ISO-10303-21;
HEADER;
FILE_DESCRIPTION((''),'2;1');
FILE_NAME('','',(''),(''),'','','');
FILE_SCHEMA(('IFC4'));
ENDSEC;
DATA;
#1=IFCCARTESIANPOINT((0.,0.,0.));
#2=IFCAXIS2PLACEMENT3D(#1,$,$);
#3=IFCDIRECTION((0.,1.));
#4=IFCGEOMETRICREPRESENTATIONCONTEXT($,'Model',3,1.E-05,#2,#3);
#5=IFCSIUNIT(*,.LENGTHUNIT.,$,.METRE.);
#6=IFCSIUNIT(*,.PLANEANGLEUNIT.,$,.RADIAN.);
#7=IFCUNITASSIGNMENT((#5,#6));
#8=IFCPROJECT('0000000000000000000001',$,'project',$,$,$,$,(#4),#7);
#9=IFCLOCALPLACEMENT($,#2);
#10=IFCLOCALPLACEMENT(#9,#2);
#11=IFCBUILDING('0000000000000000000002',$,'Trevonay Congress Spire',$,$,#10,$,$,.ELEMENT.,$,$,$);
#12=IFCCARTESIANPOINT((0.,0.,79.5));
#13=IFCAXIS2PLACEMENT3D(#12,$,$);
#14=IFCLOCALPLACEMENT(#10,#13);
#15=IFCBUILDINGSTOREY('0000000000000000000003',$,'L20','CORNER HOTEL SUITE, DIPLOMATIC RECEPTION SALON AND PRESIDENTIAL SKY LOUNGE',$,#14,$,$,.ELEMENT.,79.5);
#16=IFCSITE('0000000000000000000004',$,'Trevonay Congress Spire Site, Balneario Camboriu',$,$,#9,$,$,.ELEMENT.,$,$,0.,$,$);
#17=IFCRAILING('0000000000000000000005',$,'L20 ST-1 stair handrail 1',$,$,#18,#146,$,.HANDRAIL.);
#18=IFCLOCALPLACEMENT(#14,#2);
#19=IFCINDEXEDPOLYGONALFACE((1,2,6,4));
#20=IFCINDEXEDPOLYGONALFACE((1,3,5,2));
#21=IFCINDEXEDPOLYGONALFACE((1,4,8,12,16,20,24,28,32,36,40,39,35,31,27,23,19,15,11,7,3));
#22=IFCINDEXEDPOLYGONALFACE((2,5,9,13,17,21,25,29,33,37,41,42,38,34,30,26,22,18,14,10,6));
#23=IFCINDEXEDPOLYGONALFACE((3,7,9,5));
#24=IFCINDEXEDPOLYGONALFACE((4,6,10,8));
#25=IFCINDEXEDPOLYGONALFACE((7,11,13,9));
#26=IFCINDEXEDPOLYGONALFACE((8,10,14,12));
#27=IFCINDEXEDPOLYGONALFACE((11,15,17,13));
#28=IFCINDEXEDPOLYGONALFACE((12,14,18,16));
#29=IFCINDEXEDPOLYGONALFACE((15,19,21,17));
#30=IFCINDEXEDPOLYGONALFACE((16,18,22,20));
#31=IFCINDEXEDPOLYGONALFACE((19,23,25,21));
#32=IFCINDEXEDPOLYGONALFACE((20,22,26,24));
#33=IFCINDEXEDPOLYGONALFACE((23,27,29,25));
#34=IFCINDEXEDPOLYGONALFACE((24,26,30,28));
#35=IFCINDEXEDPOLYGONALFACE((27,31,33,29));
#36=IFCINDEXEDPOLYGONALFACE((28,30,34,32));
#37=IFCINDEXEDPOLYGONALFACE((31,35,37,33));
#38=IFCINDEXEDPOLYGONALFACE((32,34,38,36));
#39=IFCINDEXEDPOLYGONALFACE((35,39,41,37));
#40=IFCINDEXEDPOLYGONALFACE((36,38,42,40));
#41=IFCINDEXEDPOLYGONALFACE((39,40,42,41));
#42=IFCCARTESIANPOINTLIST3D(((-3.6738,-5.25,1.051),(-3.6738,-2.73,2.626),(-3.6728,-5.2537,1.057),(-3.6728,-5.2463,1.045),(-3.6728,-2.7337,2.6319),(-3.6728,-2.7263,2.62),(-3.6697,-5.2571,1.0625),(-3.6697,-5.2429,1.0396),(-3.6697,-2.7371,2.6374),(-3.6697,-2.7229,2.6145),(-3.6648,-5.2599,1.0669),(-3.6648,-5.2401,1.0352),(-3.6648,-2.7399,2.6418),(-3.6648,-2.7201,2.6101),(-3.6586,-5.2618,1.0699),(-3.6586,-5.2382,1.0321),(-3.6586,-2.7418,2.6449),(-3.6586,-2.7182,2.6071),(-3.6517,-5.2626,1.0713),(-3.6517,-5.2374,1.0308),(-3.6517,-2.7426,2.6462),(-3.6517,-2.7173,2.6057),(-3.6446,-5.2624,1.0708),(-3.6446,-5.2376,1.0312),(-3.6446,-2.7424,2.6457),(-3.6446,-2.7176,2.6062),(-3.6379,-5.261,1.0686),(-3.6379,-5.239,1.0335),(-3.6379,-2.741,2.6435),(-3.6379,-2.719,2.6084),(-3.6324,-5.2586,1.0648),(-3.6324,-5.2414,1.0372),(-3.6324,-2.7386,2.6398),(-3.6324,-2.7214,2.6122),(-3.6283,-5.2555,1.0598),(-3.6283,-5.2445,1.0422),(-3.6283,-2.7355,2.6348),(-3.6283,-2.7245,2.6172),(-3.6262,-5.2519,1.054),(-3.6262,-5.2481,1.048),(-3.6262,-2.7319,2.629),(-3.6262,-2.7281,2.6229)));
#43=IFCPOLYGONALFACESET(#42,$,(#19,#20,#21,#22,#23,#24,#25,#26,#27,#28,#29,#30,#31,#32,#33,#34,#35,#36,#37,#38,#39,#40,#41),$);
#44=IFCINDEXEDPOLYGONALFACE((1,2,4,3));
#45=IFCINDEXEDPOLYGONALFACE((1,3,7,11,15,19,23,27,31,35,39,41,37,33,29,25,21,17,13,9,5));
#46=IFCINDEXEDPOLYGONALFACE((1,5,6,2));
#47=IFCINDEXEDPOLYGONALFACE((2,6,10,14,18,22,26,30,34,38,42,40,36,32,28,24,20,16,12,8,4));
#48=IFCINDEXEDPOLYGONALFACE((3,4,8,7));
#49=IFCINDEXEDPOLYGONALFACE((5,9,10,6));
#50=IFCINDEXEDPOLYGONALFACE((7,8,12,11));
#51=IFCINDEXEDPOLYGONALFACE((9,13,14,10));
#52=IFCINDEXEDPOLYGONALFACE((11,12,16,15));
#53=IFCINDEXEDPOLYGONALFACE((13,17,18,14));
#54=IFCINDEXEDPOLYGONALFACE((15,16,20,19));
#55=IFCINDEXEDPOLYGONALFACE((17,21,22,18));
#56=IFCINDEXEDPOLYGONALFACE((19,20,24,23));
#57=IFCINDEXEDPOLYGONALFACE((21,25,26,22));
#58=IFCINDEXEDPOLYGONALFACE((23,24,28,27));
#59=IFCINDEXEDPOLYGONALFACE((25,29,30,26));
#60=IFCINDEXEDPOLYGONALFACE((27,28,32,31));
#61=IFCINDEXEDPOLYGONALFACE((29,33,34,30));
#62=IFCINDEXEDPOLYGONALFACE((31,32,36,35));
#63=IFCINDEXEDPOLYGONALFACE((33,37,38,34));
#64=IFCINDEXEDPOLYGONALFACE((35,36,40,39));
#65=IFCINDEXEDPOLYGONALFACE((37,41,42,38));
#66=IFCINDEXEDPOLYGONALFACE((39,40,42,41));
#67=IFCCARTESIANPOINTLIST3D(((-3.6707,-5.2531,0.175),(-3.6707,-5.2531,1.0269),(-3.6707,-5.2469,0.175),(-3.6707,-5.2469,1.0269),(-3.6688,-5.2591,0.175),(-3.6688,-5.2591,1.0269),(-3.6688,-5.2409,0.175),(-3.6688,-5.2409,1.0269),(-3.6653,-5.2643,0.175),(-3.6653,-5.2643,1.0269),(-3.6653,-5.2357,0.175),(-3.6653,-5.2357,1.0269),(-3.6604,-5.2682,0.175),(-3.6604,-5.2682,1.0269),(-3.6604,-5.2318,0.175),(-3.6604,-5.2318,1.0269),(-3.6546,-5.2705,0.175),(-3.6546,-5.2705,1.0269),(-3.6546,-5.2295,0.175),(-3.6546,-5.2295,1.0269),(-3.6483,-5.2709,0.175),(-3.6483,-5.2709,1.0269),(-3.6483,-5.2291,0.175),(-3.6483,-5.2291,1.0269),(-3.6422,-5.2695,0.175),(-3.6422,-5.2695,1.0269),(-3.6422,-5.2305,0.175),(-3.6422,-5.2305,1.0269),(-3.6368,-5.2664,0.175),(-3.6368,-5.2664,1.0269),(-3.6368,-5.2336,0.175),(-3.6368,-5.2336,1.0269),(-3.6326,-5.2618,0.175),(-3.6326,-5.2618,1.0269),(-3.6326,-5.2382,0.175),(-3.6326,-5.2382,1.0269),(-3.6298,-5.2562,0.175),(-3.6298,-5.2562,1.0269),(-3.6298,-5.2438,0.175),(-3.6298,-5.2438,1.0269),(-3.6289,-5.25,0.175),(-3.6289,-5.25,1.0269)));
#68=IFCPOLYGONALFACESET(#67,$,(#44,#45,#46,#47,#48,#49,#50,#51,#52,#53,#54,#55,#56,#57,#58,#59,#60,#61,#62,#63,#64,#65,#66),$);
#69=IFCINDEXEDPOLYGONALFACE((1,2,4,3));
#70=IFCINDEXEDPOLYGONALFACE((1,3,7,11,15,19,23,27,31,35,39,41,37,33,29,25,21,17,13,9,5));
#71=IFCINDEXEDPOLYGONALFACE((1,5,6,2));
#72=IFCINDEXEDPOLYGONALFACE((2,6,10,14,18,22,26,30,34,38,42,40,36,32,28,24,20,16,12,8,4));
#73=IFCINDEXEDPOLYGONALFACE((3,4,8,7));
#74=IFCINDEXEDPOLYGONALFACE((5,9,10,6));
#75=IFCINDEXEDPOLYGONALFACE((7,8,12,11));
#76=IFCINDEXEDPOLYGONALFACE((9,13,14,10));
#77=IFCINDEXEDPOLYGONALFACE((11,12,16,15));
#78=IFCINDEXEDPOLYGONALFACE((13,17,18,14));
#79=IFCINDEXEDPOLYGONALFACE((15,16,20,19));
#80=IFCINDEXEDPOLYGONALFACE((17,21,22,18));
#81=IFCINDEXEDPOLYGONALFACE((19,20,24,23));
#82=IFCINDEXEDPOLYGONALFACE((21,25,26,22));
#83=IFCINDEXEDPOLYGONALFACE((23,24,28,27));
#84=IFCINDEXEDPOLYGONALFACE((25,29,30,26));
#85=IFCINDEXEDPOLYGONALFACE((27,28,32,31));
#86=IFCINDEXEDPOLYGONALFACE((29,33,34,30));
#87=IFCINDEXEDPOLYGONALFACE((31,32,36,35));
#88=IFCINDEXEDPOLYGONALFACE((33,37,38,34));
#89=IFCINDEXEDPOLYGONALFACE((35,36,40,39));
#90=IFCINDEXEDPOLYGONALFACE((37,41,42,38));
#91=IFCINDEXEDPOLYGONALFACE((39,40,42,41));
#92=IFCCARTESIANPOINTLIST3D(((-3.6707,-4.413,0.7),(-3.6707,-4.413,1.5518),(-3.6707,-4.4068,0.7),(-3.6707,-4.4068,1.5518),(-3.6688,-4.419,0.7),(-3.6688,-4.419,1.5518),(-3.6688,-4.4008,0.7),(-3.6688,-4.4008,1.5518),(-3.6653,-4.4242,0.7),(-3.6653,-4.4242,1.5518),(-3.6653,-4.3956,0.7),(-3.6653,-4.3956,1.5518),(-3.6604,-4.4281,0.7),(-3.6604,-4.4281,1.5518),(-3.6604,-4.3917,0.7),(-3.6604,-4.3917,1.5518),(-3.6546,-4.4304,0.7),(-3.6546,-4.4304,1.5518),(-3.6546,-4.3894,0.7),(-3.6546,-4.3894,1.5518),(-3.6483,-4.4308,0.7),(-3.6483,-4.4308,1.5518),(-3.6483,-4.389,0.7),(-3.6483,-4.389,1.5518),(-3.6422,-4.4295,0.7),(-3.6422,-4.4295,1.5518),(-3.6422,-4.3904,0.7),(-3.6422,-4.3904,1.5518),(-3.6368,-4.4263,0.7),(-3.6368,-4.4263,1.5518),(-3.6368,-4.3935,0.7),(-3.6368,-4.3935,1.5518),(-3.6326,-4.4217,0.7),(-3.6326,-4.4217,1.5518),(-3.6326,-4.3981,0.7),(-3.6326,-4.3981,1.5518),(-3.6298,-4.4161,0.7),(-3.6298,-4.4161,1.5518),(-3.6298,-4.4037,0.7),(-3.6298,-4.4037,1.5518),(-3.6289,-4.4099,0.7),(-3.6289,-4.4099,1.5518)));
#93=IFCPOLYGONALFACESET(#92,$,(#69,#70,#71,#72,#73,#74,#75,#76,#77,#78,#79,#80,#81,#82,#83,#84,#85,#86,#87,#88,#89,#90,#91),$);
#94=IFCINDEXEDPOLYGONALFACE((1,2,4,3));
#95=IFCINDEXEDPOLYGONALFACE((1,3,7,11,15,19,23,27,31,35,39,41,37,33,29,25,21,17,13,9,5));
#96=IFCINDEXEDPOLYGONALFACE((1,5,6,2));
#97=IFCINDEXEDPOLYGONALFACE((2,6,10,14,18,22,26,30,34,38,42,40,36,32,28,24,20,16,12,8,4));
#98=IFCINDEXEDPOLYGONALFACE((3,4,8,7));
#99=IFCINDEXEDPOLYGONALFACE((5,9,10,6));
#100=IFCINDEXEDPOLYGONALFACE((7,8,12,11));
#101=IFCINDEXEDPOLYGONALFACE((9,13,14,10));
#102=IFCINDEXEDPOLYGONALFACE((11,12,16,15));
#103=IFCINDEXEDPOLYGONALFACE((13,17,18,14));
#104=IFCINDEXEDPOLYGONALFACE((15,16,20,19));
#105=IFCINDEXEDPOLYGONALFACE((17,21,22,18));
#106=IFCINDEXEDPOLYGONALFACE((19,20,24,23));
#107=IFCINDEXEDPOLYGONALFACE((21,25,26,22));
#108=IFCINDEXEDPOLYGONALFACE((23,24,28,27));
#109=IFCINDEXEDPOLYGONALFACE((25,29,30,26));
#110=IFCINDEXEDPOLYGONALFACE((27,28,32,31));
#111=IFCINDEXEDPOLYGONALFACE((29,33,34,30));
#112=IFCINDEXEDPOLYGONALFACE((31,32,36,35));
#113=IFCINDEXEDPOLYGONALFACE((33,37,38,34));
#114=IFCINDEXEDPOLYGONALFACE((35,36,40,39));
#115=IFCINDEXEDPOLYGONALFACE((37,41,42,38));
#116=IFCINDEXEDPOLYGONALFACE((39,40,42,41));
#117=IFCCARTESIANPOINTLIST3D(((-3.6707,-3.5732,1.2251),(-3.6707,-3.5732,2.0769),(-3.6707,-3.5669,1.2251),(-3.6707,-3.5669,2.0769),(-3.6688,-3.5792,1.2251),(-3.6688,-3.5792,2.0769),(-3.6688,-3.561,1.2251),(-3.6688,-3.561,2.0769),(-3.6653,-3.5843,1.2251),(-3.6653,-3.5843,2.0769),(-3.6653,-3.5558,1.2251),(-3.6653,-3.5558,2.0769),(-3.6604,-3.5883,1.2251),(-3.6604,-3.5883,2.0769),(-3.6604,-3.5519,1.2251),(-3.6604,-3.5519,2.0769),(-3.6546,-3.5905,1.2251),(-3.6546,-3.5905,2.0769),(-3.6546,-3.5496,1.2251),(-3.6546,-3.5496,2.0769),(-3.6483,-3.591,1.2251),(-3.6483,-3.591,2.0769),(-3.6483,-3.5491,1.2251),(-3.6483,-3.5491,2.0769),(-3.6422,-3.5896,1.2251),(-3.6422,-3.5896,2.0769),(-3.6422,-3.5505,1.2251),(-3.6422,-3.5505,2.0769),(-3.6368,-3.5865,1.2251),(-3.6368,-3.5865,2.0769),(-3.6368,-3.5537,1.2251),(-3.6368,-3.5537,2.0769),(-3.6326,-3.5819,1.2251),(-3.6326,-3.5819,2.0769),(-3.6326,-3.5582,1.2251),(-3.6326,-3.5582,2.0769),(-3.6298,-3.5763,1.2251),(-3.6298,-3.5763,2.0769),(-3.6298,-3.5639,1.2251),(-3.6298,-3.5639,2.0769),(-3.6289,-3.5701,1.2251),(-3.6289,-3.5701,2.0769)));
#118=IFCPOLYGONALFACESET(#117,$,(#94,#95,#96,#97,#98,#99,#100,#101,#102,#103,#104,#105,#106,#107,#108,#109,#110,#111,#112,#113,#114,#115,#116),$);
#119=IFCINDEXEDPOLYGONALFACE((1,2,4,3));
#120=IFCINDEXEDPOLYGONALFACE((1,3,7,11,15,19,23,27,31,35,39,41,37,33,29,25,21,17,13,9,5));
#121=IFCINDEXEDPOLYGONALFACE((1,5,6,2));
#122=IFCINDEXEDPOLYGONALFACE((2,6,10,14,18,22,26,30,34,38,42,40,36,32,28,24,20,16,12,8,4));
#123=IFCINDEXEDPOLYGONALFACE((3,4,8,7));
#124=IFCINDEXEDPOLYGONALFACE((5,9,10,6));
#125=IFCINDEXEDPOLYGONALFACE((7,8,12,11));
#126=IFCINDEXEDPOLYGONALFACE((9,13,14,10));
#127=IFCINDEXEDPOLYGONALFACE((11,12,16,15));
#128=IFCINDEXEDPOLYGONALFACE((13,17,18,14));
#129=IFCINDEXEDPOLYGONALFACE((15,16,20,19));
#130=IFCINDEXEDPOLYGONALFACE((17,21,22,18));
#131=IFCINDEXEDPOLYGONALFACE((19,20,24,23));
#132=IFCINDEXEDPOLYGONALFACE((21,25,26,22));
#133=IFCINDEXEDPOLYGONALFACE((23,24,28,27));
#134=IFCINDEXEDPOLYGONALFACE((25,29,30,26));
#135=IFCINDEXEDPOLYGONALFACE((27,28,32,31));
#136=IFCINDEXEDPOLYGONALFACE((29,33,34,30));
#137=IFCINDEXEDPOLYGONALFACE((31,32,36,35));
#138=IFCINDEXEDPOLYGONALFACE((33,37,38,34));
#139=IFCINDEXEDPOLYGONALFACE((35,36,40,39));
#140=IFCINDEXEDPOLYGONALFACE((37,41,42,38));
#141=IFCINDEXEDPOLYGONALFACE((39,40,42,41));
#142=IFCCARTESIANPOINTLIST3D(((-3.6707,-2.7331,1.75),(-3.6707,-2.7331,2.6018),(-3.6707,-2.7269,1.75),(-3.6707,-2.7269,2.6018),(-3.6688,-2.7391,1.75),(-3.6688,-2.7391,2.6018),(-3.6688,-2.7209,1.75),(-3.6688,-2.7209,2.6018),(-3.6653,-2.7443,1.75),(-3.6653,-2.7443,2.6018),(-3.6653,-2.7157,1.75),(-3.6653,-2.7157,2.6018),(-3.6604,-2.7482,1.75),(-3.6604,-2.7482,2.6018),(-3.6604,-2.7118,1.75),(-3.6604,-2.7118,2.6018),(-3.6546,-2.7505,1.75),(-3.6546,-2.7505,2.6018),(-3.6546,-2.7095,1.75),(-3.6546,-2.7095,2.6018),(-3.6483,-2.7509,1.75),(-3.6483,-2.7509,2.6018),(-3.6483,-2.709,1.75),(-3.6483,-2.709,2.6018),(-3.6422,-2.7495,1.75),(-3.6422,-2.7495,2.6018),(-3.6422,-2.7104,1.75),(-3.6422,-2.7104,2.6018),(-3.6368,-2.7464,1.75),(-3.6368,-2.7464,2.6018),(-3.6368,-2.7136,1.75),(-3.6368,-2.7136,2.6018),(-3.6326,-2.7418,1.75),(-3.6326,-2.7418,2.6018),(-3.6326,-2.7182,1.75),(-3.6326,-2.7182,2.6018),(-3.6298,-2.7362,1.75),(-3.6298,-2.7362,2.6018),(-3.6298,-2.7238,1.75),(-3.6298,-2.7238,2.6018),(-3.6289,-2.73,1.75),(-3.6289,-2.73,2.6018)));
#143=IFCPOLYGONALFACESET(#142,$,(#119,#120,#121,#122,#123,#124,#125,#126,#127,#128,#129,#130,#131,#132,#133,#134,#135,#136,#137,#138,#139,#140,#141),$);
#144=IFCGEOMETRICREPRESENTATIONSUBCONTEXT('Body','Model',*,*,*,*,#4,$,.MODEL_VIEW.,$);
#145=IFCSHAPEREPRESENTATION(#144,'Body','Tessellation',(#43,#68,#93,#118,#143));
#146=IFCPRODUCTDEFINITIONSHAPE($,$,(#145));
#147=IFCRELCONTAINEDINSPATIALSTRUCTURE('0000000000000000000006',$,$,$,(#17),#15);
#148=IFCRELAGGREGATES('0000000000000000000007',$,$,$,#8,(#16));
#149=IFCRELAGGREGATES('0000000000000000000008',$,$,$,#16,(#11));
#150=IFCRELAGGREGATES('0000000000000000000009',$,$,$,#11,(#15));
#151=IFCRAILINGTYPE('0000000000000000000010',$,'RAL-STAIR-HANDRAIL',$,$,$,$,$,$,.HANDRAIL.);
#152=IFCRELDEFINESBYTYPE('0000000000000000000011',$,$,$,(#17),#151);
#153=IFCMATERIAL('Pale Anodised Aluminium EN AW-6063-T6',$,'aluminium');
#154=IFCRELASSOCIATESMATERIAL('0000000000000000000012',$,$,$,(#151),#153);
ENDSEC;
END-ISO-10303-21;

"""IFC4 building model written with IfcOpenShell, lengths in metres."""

from ifc_helpers import new_model, si_unit, direction, frame, origin, origin_2d, place, context, subcontext, project, spatial, circle, extrude, material, type_object, element, save


model = new_model("IFC4")

# Units and contexts
model_context = context("Model", 3, precision=1e-05, world=origin(), true_north=direction((0.0, 1.0)))
body_context = subcontext(model_context, "Body", "Model", "MODEL_VIEW")
ifc_project = project(units=[si_unit("LENGTHUNIT", "METRE"), si_unit("PLANEANGLEUNIT", "RADIAN")], contexts=[model_context])

# Site, building, storey
site_placement = place(None, origin())
site = spatial("IfcSite", under=ifc_project, at=site_placement, Name="Trevonay Congress Spire Site, Balneario Camboriu", CompositionType="ELEMENT", RefElevation=0.0)
building_placement = place(site_placement, origin())
building = spatial("IfcBuilding", under=site, at=building_placement, Name="Trevonay Congress Spire", CompositionType="ELEMENT")
storey_placement = place(building_placement, frame((0.0, 0.0, 79.5)))
storey = spatial("IfcBuildingStorey", under=building, at=storey_placement, Name="L20", Description="CORNER HOTEL SUITE, DIPLOMATIC RECEPTION SALON AND PRESIDENTIAL SKY LOUNGE", CompositionType="ELEMENT", Elevation=79.5)

# Shared definitions
ifc_material_1 = material(Name="Pale Anodised Aluminium EN AW-6063-T6", Category="aluminium")

# Railing
railing_type_1 = type_object("IfcRailingType", Name="RAL-STAIR-HANDRAIL", PredefinedType="HANDRAIL", material=ifc_material_1)
railing_1_placement = place(storey_placement, frame((-3.6499, -5.25, 0.175)))
element("IfcRailing", 1, at=railing_1_placement, inside=storey, type_object=railing_type_1, Name="L20 ST-1 stair handrail 1", PredefinedType="HANDRAIL", context=body_context, shape_type="SweptSolid", body=[
    extrude(circle(Radius=0.0239, at=origin_2d()), frame((0.0, 0.0, 0.876), z_axis=(0.0, 0.848008, 0.529984), x_axis=(-1.0, 0.0, 0.0)), (0.0, 0.0, 1.0), 2.9717),
    extrude(circle(Radius=0.021, at=origin_2d()), origin(), (0.0, 0.0, 1.0), 0.8518),
    extrude(circle(Radius=0.021, at=origin_2d()), frame((0.0, 0.8401, 0.5249)), (0.0, 0.0, 1.0), 0.8518),
    extrude(circle(Radius=0.021, at=origin_2d()), frame((0.0, 1.6799, 1.05)), (0.0, 0.0, 1.0), 0.8518),
    extrude(circle(Radius=0.021, at=origin_2d()), frame((0.0, 2.52, 1.575)), (0.0, 0.0, 1.0), 0.8518),
])

save(model, "model.ifc")
